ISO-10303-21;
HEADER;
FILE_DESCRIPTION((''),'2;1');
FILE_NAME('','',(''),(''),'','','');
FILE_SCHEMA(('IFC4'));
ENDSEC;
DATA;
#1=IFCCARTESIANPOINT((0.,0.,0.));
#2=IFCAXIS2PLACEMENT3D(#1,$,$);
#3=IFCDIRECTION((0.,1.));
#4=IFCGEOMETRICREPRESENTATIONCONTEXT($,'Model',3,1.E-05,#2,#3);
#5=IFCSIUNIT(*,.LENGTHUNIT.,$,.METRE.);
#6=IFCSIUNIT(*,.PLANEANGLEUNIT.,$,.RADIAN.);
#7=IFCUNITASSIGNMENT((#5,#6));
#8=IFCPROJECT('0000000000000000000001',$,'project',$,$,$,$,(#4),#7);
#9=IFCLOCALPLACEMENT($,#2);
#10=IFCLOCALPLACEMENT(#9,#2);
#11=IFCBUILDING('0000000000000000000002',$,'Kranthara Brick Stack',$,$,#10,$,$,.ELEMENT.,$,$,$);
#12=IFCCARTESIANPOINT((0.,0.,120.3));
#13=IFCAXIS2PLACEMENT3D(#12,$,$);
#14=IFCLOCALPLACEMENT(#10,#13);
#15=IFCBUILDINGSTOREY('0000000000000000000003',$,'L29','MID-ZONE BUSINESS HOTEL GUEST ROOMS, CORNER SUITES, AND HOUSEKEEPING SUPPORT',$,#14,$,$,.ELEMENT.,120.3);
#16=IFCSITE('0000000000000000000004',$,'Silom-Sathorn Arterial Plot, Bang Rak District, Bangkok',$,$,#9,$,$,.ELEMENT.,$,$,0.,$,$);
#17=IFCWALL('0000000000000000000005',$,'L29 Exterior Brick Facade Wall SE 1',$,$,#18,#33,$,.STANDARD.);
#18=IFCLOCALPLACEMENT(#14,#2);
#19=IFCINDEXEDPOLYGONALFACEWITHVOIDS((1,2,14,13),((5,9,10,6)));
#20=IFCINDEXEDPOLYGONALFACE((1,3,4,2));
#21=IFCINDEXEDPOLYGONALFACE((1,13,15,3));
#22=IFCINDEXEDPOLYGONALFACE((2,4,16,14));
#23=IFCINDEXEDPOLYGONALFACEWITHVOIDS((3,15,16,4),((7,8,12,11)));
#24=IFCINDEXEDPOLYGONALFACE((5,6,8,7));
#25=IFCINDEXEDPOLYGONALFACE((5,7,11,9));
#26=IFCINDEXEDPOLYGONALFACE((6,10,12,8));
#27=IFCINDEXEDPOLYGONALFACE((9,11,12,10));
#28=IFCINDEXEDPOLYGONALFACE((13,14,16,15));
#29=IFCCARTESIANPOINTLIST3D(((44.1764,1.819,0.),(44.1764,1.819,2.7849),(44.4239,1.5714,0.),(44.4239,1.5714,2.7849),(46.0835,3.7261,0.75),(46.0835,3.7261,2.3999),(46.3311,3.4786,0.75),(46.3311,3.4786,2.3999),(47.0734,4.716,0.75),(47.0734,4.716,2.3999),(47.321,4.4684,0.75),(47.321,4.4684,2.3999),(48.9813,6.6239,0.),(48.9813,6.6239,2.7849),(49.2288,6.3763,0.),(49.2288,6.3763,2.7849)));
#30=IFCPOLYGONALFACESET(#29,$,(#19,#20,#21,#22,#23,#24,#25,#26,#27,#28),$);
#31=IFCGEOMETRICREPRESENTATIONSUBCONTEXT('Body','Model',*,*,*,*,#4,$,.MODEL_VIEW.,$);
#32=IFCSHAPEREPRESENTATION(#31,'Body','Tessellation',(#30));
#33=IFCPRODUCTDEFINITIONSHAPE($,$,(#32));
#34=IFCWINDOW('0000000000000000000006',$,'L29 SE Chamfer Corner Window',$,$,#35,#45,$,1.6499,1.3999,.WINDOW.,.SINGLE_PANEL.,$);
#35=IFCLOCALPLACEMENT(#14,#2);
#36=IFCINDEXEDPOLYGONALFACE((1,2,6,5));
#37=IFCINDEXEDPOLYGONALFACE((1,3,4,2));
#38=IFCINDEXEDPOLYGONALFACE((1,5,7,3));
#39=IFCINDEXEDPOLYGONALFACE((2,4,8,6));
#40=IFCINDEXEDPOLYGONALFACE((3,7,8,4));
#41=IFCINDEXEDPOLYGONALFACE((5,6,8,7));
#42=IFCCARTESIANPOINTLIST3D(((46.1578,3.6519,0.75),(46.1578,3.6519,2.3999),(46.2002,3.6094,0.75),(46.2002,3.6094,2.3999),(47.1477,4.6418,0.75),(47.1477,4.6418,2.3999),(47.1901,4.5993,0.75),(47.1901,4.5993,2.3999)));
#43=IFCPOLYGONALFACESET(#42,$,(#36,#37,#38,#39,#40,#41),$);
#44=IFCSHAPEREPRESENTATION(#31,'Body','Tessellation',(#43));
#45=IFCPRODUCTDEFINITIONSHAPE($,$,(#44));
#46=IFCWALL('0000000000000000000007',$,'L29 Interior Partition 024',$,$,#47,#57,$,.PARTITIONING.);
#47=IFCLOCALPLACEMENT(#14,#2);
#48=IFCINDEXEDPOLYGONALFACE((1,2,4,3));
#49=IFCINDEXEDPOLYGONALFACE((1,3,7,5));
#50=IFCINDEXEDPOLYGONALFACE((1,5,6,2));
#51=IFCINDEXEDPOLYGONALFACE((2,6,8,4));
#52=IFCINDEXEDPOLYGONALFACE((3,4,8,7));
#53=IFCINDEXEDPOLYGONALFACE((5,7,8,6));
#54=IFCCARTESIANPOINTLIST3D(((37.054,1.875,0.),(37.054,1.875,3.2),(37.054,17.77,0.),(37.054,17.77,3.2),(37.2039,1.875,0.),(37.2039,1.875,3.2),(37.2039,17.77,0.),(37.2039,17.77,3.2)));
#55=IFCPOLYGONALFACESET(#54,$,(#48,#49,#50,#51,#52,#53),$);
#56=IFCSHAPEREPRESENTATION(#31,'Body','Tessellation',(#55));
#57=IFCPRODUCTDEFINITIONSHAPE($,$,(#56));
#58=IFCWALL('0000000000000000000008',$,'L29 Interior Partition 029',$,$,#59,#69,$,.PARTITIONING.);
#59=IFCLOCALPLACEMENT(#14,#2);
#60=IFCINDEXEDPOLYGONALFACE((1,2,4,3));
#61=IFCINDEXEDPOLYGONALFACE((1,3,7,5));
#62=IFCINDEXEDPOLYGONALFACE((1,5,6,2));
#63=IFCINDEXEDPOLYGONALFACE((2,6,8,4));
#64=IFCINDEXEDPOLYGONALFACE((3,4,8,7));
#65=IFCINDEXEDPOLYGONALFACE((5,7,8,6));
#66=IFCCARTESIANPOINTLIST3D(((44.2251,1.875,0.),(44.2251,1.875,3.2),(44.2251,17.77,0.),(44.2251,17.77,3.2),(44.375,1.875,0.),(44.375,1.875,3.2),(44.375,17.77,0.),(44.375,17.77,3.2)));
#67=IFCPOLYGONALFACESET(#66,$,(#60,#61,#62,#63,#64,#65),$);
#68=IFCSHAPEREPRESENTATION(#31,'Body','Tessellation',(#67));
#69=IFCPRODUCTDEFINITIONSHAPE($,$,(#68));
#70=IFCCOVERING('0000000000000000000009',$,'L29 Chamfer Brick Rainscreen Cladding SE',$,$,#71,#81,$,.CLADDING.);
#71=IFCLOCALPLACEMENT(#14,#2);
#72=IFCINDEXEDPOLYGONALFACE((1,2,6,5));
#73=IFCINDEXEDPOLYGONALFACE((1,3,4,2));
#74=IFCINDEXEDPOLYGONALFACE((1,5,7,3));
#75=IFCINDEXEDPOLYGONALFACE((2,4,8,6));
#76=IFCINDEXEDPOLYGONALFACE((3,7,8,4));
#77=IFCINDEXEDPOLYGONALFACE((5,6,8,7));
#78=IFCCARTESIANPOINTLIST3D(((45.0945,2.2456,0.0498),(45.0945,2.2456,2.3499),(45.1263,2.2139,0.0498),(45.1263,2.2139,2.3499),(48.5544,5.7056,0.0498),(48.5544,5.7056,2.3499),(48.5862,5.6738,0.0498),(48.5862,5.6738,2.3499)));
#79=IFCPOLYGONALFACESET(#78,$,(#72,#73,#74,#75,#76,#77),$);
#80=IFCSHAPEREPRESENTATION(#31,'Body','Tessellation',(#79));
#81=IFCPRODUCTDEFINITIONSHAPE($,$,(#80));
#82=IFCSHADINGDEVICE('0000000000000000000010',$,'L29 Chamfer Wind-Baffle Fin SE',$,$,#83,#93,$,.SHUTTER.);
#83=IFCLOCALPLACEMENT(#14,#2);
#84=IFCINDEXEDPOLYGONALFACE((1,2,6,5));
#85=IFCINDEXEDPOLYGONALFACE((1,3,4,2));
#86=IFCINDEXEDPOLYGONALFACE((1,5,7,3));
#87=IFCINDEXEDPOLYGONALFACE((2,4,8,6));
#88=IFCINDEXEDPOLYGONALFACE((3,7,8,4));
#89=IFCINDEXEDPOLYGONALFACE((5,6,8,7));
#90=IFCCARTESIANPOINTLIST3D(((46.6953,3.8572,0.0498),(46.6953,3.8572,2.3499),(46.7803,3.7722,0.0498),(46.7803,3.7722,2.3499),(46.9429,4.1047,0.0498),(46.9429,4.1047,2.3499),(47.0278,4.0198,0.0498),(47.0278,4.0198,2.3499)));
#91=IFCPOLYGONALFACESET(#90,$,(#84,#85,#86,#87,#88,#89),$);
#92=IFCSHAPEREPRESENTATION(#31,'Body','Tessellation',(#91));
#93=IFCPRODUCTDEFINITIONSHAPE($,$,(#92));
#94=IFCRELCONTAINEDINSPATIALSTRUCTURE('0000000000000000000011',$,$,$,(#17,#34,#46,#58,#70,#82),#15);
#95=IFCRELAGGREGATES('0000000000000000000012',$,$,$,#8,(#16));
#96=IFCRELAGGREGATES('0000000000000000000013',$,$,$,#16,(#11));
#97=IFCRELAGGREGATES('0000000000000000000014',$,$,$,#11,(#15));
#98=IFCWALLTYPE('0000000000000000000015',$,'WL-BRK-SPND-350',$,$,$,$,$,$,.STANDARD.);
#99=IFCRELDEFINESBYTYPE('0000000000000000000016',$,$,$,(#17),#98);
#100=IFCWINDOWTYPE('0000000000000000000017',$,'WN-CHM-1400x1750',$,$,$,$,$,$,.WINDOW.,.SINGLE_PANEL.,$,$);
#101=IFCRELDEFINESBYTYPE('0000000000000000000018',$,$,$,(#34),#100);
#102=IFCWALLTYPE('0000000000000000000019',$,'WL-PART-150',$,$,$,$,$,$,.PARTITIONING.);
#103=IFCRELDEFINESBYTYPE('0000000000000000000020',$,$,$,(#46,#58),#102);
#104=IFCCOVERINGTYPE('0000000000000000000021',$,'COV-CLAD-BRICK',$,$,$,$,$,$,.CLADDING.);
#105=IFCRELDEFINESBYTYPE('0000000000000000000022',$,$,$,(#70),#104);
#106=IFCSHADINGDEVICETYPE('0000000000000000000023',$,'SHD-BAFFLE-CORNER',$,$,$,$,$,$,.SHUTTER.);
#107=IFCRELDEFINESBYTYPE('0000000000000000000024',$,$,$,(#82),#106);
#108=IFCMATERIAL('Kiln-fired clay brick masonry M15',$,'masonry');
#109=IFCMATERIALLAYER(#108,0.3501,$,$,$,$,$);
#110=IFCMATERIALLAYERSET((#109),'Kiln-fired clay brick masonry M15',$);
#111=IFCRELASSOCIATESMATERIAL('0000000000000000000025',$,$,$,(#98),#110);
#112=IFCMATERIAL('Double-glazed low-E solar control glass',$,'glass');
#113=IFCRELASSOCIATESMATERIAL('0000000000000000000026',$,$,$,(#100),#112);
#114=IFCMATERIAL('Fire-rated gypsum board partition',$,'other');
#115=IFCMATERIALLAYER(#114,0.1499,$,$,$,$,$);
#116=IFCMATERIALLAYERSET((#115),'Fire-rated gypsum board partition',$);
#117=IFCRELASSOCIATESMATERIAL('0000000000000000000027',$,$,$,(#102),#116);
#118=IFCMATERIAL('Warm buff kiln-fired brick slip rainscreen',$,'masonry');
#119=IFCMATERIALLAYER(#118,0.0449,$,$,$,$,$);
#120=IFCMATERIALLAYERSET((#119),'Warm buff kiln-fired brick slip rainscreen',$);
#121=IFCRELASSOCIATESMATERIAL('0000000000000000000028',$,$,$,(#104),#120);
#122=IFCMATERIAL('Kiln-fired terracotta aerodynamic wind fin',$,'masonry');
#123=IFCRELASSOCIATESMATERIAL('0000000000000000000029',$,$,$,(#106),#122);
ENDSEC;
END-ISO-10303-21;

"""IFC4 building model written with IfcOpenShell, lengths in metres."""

from ifc_helpers import new_model, si_unit, direction, frame, frame_2d, origin, origin_2d, place, context, subcontext, project, spatial, rectangle, extrude, material, layer, layer_set, type_object, element, fill, save


model = new_model("IFC4")

# Units and contexts
model_context = context("Model", 3, precision=1e-05, world=origin(), true_north=direction((0.0, 1.0)))
body_context = subcontext(model_context, "Body", "Model", "MODEL_VIEW")
ifc_project = project(units=[si_unit("LENGTHUNIT", "METRE"), si_unit("PLANEANGLEUNIT", "RADIAN")], contexts=[model_context])

# Site, building, storey
site_placement = place(None, origin())
site = spatial("IfcSite", under=ifc_project, at=site_placement, Name="Silom-Sathorn Arterial Plot, Bang Rak District, Bangkok", CompositionType="ELEMENT", RefElevation=0.0)
building_placement = place(site_placement, origin())
building = spatial("IfcBuilding", under=site, at=building_placement, Name="Kranthara Brick Stack", CompositionType="ELEMENT")
storey_placement = place(building_placement, frame((0.0, 0.0, 120.3)))
storey = spatial("IfcBuildingStorey", under=building, at=storey_placement, Name="L29", Description="MID-ZONE BUSINESS HOTEL GUEST ROOMS, CORNER SUITES, AND HOUSEKEEPING SUPPORT", CompositionType="ELEMENT", Elevation=120.3)

# Shared definitions
ifc_material_1 = material(Name="Kiln-fired clay brick masonry M15", Category="masonry")
ifc_layer_1 = layer(ifc_material_1, 0.3501)
ifc_layer_set_1 = layer_set([ifc_layer_1], Name="Kiln-fired clay brick masonry M15")
wall_type_1 = type_object("IfcWallType", Name="WL-BRK-SPND-350", PredefinedType="STANDARD", material=ifc_layer_set_1)

# Wall, opening, window
wall_1_placement = place(storey_placement, frame((49.105, 6.5, 0.0), z_axis=(0.0, 0.0, 1.0), x_axis=(-0.707107, -0.707107, 0.0)))
wall_1 = element("IfcWall", 1, at=wall_1_placement, inside=storey, type_object=wall_type_1, Name="L29 Exterior Brick Facade Wall SE 1", PredefinedType="STANDARD", context=body_context, shape_type="SweptSolid", body=[
    extrude(rectangle(XDim=6.7952, YDim=0.3501, at=frame_2d((3.3975, 0.0))), origin(), (0.0, 0.0, 1.0), 2.7849),
])
opening_1_placement = place(wall_1_placement, frame((2.698, 0.0, 0.75)))
opening_1 = element("IfcOpeningElement", 2, at=opening_1_placement, cuts=wall_1, PredefinedType="OPENING", context=body_context, shape_type="SweptSolid", body=[
    extrude(rectangle(XDim=1.3999, YDim=1.6499, at=frame_2d((0.7, 0.825))), frame((0.0, 0.1851, 0.0), z_axis=(0.0, -1.0, 0.0), x_axis=(1.0, 0.0, 0.0)), (0.0, 0.0, 1.0), 0.3701),
])
ifc_material_2 = material(Name="Double-glazed low-E solar control glass", Category="glass")
window_type_1 = type_object("IfcWindowType", Name="WN-CHM-1400x1750", PartitioningType="SINGLE_PANEL", PredefinedType="WINDOW", material=ifc_material_2)
window_1_placement = place(opening_1_placement, origin())
window_1 = element("IfcWindow", 3, at=window_1_placement, inside=storey, type_object=window_type_1, Name="L29 SE Chamfer Corner Window", OverallHeight=1.6499, OverallWidth=1.3999, PartitioningType="SINGLE_PANEL", PredefinedType="WINDOW", context=body_context, shape_type="SweptSolid", body=[
    extrude(rectangle(XDim=1.3999, YDim=1.6499, at=frame_2d((0.7, 0.825))), frame((0.0, -0.01, 0.0), z_axis=(0.0, -1.0, 0.0), x_axis=(1.0, 0.0, 0.0)), (0.0, 0.0, 1.0), 0.0601),
])
fill(opening_1, window_1)

# Walls
ifc_material_3 = material(Name="Fire-rated gypsum board partition", Category="other")
ifc_layer_2 = layer(ifc_material_3, 0.1499)
ifc_layer_set_2 = layer_set([ifc_layer_2], Name="Fire-rated gypsum board partition")
wall_type_2 = type_object("IfcWallType", Name="WL-PART-150", PredefinedType="PARTITIONING", material=ifc_layer_set_2)
for number, where, z_axis, x_axis, name in (
    (4, (37.1289, 1.875, 0.0), (0.0, 0.0, 1.0), (0.0, 1.0, 0.0), "L29 Interior Partition 024"),
    (5, (44.3, 1.875, 0.0), (0.0, 0.0, 1.0), (0.0, 1.0, 0.0), "L29 Interior Partition 029"),
):
    element("IfcWall", number, at=place(storey_placement, frame(where, z_axis=z_axis, x_axis=x_axis)), inside=storey, type_object=wall_type_2, Name=name, PredefinedType="PARTITIONING", context=body_context, shape_type="SweptSolid", body=[
        extrude(rectangle(XDim=15.895, YDim=0.1499, at=frame_2d((7.9475, 0.0))), origin(), (0.0, 0.0, 1.0), 3.2),
    ])

# Covering
ifc_material_4 = material(Name="Warm buff kiln-fired brick slip rainscreen", Category="masonry")
ifc_layer_3 = layer(ifc_material_4, 0.0449)
ifc_layer_set_3 = layer_set([ifc_layer_3], Name="Warm buff kiln-fired brick slip rainscreen")
covering_type = type_object("IfcCoveringType", Name="COV-CLAD-BRICK", PredefinedType="CLADDING", material=ifc_layer_set_3)
covering_placement = place(storey_placement, frame((46.8403, 3.9597, 0.0498), z_axis=(0.0, 0.0, 1.0), x_axis=(-0.707107, -0.707107, 0.0)))
element("IfcCovering", 6, at=covering_placement, inside=storey, type_object=covering_type, Name="L29 Chamfer Brick Rainscreen Cladding SE", PredefinedType="CLADDING", context=body_context, shape_type="SweptSolid", body=[
    extrude(rectangle(XDim=4.8931, YDim=0.0449, at=origin_2d()), origin(), (0.0, 0.0, 1.0), 2.3),
])

# Shading device
ifc_material_5 = material(Name="Kiln-fired terracotta aerodynamic wind fin", Category="masonry")
shading_device_type = type_object("IfcShadingDeviceType", Name="SHD-BAFFLE-CORNER", PredefinedType="SHUTTER", material=ifc_material_5)
shading_device_placement = place(storey_placement, frame((46.8616, 3.9385, 0.0498), z_axis=(0.0, 0.0, 1.0), x_axis=(-0.707107, -0.707107, 0.0)))
element("IfcShadingDevice", 7, at=shading_device_placement, inside=storey, type_object=shading_device_type, Name="L29 Chamfer Wind-Baffle Fin SE", PredefinedType="SHUTTER", context=body_context, shape_type="SweptSolid", body=[
    extrude(rectangle(XDim=0.3501, YDim=0.1201, at=origin_2d()), origin(), (0.0, 0.0, 1.0), 2.3),
])

save(model, "model.ifc")
